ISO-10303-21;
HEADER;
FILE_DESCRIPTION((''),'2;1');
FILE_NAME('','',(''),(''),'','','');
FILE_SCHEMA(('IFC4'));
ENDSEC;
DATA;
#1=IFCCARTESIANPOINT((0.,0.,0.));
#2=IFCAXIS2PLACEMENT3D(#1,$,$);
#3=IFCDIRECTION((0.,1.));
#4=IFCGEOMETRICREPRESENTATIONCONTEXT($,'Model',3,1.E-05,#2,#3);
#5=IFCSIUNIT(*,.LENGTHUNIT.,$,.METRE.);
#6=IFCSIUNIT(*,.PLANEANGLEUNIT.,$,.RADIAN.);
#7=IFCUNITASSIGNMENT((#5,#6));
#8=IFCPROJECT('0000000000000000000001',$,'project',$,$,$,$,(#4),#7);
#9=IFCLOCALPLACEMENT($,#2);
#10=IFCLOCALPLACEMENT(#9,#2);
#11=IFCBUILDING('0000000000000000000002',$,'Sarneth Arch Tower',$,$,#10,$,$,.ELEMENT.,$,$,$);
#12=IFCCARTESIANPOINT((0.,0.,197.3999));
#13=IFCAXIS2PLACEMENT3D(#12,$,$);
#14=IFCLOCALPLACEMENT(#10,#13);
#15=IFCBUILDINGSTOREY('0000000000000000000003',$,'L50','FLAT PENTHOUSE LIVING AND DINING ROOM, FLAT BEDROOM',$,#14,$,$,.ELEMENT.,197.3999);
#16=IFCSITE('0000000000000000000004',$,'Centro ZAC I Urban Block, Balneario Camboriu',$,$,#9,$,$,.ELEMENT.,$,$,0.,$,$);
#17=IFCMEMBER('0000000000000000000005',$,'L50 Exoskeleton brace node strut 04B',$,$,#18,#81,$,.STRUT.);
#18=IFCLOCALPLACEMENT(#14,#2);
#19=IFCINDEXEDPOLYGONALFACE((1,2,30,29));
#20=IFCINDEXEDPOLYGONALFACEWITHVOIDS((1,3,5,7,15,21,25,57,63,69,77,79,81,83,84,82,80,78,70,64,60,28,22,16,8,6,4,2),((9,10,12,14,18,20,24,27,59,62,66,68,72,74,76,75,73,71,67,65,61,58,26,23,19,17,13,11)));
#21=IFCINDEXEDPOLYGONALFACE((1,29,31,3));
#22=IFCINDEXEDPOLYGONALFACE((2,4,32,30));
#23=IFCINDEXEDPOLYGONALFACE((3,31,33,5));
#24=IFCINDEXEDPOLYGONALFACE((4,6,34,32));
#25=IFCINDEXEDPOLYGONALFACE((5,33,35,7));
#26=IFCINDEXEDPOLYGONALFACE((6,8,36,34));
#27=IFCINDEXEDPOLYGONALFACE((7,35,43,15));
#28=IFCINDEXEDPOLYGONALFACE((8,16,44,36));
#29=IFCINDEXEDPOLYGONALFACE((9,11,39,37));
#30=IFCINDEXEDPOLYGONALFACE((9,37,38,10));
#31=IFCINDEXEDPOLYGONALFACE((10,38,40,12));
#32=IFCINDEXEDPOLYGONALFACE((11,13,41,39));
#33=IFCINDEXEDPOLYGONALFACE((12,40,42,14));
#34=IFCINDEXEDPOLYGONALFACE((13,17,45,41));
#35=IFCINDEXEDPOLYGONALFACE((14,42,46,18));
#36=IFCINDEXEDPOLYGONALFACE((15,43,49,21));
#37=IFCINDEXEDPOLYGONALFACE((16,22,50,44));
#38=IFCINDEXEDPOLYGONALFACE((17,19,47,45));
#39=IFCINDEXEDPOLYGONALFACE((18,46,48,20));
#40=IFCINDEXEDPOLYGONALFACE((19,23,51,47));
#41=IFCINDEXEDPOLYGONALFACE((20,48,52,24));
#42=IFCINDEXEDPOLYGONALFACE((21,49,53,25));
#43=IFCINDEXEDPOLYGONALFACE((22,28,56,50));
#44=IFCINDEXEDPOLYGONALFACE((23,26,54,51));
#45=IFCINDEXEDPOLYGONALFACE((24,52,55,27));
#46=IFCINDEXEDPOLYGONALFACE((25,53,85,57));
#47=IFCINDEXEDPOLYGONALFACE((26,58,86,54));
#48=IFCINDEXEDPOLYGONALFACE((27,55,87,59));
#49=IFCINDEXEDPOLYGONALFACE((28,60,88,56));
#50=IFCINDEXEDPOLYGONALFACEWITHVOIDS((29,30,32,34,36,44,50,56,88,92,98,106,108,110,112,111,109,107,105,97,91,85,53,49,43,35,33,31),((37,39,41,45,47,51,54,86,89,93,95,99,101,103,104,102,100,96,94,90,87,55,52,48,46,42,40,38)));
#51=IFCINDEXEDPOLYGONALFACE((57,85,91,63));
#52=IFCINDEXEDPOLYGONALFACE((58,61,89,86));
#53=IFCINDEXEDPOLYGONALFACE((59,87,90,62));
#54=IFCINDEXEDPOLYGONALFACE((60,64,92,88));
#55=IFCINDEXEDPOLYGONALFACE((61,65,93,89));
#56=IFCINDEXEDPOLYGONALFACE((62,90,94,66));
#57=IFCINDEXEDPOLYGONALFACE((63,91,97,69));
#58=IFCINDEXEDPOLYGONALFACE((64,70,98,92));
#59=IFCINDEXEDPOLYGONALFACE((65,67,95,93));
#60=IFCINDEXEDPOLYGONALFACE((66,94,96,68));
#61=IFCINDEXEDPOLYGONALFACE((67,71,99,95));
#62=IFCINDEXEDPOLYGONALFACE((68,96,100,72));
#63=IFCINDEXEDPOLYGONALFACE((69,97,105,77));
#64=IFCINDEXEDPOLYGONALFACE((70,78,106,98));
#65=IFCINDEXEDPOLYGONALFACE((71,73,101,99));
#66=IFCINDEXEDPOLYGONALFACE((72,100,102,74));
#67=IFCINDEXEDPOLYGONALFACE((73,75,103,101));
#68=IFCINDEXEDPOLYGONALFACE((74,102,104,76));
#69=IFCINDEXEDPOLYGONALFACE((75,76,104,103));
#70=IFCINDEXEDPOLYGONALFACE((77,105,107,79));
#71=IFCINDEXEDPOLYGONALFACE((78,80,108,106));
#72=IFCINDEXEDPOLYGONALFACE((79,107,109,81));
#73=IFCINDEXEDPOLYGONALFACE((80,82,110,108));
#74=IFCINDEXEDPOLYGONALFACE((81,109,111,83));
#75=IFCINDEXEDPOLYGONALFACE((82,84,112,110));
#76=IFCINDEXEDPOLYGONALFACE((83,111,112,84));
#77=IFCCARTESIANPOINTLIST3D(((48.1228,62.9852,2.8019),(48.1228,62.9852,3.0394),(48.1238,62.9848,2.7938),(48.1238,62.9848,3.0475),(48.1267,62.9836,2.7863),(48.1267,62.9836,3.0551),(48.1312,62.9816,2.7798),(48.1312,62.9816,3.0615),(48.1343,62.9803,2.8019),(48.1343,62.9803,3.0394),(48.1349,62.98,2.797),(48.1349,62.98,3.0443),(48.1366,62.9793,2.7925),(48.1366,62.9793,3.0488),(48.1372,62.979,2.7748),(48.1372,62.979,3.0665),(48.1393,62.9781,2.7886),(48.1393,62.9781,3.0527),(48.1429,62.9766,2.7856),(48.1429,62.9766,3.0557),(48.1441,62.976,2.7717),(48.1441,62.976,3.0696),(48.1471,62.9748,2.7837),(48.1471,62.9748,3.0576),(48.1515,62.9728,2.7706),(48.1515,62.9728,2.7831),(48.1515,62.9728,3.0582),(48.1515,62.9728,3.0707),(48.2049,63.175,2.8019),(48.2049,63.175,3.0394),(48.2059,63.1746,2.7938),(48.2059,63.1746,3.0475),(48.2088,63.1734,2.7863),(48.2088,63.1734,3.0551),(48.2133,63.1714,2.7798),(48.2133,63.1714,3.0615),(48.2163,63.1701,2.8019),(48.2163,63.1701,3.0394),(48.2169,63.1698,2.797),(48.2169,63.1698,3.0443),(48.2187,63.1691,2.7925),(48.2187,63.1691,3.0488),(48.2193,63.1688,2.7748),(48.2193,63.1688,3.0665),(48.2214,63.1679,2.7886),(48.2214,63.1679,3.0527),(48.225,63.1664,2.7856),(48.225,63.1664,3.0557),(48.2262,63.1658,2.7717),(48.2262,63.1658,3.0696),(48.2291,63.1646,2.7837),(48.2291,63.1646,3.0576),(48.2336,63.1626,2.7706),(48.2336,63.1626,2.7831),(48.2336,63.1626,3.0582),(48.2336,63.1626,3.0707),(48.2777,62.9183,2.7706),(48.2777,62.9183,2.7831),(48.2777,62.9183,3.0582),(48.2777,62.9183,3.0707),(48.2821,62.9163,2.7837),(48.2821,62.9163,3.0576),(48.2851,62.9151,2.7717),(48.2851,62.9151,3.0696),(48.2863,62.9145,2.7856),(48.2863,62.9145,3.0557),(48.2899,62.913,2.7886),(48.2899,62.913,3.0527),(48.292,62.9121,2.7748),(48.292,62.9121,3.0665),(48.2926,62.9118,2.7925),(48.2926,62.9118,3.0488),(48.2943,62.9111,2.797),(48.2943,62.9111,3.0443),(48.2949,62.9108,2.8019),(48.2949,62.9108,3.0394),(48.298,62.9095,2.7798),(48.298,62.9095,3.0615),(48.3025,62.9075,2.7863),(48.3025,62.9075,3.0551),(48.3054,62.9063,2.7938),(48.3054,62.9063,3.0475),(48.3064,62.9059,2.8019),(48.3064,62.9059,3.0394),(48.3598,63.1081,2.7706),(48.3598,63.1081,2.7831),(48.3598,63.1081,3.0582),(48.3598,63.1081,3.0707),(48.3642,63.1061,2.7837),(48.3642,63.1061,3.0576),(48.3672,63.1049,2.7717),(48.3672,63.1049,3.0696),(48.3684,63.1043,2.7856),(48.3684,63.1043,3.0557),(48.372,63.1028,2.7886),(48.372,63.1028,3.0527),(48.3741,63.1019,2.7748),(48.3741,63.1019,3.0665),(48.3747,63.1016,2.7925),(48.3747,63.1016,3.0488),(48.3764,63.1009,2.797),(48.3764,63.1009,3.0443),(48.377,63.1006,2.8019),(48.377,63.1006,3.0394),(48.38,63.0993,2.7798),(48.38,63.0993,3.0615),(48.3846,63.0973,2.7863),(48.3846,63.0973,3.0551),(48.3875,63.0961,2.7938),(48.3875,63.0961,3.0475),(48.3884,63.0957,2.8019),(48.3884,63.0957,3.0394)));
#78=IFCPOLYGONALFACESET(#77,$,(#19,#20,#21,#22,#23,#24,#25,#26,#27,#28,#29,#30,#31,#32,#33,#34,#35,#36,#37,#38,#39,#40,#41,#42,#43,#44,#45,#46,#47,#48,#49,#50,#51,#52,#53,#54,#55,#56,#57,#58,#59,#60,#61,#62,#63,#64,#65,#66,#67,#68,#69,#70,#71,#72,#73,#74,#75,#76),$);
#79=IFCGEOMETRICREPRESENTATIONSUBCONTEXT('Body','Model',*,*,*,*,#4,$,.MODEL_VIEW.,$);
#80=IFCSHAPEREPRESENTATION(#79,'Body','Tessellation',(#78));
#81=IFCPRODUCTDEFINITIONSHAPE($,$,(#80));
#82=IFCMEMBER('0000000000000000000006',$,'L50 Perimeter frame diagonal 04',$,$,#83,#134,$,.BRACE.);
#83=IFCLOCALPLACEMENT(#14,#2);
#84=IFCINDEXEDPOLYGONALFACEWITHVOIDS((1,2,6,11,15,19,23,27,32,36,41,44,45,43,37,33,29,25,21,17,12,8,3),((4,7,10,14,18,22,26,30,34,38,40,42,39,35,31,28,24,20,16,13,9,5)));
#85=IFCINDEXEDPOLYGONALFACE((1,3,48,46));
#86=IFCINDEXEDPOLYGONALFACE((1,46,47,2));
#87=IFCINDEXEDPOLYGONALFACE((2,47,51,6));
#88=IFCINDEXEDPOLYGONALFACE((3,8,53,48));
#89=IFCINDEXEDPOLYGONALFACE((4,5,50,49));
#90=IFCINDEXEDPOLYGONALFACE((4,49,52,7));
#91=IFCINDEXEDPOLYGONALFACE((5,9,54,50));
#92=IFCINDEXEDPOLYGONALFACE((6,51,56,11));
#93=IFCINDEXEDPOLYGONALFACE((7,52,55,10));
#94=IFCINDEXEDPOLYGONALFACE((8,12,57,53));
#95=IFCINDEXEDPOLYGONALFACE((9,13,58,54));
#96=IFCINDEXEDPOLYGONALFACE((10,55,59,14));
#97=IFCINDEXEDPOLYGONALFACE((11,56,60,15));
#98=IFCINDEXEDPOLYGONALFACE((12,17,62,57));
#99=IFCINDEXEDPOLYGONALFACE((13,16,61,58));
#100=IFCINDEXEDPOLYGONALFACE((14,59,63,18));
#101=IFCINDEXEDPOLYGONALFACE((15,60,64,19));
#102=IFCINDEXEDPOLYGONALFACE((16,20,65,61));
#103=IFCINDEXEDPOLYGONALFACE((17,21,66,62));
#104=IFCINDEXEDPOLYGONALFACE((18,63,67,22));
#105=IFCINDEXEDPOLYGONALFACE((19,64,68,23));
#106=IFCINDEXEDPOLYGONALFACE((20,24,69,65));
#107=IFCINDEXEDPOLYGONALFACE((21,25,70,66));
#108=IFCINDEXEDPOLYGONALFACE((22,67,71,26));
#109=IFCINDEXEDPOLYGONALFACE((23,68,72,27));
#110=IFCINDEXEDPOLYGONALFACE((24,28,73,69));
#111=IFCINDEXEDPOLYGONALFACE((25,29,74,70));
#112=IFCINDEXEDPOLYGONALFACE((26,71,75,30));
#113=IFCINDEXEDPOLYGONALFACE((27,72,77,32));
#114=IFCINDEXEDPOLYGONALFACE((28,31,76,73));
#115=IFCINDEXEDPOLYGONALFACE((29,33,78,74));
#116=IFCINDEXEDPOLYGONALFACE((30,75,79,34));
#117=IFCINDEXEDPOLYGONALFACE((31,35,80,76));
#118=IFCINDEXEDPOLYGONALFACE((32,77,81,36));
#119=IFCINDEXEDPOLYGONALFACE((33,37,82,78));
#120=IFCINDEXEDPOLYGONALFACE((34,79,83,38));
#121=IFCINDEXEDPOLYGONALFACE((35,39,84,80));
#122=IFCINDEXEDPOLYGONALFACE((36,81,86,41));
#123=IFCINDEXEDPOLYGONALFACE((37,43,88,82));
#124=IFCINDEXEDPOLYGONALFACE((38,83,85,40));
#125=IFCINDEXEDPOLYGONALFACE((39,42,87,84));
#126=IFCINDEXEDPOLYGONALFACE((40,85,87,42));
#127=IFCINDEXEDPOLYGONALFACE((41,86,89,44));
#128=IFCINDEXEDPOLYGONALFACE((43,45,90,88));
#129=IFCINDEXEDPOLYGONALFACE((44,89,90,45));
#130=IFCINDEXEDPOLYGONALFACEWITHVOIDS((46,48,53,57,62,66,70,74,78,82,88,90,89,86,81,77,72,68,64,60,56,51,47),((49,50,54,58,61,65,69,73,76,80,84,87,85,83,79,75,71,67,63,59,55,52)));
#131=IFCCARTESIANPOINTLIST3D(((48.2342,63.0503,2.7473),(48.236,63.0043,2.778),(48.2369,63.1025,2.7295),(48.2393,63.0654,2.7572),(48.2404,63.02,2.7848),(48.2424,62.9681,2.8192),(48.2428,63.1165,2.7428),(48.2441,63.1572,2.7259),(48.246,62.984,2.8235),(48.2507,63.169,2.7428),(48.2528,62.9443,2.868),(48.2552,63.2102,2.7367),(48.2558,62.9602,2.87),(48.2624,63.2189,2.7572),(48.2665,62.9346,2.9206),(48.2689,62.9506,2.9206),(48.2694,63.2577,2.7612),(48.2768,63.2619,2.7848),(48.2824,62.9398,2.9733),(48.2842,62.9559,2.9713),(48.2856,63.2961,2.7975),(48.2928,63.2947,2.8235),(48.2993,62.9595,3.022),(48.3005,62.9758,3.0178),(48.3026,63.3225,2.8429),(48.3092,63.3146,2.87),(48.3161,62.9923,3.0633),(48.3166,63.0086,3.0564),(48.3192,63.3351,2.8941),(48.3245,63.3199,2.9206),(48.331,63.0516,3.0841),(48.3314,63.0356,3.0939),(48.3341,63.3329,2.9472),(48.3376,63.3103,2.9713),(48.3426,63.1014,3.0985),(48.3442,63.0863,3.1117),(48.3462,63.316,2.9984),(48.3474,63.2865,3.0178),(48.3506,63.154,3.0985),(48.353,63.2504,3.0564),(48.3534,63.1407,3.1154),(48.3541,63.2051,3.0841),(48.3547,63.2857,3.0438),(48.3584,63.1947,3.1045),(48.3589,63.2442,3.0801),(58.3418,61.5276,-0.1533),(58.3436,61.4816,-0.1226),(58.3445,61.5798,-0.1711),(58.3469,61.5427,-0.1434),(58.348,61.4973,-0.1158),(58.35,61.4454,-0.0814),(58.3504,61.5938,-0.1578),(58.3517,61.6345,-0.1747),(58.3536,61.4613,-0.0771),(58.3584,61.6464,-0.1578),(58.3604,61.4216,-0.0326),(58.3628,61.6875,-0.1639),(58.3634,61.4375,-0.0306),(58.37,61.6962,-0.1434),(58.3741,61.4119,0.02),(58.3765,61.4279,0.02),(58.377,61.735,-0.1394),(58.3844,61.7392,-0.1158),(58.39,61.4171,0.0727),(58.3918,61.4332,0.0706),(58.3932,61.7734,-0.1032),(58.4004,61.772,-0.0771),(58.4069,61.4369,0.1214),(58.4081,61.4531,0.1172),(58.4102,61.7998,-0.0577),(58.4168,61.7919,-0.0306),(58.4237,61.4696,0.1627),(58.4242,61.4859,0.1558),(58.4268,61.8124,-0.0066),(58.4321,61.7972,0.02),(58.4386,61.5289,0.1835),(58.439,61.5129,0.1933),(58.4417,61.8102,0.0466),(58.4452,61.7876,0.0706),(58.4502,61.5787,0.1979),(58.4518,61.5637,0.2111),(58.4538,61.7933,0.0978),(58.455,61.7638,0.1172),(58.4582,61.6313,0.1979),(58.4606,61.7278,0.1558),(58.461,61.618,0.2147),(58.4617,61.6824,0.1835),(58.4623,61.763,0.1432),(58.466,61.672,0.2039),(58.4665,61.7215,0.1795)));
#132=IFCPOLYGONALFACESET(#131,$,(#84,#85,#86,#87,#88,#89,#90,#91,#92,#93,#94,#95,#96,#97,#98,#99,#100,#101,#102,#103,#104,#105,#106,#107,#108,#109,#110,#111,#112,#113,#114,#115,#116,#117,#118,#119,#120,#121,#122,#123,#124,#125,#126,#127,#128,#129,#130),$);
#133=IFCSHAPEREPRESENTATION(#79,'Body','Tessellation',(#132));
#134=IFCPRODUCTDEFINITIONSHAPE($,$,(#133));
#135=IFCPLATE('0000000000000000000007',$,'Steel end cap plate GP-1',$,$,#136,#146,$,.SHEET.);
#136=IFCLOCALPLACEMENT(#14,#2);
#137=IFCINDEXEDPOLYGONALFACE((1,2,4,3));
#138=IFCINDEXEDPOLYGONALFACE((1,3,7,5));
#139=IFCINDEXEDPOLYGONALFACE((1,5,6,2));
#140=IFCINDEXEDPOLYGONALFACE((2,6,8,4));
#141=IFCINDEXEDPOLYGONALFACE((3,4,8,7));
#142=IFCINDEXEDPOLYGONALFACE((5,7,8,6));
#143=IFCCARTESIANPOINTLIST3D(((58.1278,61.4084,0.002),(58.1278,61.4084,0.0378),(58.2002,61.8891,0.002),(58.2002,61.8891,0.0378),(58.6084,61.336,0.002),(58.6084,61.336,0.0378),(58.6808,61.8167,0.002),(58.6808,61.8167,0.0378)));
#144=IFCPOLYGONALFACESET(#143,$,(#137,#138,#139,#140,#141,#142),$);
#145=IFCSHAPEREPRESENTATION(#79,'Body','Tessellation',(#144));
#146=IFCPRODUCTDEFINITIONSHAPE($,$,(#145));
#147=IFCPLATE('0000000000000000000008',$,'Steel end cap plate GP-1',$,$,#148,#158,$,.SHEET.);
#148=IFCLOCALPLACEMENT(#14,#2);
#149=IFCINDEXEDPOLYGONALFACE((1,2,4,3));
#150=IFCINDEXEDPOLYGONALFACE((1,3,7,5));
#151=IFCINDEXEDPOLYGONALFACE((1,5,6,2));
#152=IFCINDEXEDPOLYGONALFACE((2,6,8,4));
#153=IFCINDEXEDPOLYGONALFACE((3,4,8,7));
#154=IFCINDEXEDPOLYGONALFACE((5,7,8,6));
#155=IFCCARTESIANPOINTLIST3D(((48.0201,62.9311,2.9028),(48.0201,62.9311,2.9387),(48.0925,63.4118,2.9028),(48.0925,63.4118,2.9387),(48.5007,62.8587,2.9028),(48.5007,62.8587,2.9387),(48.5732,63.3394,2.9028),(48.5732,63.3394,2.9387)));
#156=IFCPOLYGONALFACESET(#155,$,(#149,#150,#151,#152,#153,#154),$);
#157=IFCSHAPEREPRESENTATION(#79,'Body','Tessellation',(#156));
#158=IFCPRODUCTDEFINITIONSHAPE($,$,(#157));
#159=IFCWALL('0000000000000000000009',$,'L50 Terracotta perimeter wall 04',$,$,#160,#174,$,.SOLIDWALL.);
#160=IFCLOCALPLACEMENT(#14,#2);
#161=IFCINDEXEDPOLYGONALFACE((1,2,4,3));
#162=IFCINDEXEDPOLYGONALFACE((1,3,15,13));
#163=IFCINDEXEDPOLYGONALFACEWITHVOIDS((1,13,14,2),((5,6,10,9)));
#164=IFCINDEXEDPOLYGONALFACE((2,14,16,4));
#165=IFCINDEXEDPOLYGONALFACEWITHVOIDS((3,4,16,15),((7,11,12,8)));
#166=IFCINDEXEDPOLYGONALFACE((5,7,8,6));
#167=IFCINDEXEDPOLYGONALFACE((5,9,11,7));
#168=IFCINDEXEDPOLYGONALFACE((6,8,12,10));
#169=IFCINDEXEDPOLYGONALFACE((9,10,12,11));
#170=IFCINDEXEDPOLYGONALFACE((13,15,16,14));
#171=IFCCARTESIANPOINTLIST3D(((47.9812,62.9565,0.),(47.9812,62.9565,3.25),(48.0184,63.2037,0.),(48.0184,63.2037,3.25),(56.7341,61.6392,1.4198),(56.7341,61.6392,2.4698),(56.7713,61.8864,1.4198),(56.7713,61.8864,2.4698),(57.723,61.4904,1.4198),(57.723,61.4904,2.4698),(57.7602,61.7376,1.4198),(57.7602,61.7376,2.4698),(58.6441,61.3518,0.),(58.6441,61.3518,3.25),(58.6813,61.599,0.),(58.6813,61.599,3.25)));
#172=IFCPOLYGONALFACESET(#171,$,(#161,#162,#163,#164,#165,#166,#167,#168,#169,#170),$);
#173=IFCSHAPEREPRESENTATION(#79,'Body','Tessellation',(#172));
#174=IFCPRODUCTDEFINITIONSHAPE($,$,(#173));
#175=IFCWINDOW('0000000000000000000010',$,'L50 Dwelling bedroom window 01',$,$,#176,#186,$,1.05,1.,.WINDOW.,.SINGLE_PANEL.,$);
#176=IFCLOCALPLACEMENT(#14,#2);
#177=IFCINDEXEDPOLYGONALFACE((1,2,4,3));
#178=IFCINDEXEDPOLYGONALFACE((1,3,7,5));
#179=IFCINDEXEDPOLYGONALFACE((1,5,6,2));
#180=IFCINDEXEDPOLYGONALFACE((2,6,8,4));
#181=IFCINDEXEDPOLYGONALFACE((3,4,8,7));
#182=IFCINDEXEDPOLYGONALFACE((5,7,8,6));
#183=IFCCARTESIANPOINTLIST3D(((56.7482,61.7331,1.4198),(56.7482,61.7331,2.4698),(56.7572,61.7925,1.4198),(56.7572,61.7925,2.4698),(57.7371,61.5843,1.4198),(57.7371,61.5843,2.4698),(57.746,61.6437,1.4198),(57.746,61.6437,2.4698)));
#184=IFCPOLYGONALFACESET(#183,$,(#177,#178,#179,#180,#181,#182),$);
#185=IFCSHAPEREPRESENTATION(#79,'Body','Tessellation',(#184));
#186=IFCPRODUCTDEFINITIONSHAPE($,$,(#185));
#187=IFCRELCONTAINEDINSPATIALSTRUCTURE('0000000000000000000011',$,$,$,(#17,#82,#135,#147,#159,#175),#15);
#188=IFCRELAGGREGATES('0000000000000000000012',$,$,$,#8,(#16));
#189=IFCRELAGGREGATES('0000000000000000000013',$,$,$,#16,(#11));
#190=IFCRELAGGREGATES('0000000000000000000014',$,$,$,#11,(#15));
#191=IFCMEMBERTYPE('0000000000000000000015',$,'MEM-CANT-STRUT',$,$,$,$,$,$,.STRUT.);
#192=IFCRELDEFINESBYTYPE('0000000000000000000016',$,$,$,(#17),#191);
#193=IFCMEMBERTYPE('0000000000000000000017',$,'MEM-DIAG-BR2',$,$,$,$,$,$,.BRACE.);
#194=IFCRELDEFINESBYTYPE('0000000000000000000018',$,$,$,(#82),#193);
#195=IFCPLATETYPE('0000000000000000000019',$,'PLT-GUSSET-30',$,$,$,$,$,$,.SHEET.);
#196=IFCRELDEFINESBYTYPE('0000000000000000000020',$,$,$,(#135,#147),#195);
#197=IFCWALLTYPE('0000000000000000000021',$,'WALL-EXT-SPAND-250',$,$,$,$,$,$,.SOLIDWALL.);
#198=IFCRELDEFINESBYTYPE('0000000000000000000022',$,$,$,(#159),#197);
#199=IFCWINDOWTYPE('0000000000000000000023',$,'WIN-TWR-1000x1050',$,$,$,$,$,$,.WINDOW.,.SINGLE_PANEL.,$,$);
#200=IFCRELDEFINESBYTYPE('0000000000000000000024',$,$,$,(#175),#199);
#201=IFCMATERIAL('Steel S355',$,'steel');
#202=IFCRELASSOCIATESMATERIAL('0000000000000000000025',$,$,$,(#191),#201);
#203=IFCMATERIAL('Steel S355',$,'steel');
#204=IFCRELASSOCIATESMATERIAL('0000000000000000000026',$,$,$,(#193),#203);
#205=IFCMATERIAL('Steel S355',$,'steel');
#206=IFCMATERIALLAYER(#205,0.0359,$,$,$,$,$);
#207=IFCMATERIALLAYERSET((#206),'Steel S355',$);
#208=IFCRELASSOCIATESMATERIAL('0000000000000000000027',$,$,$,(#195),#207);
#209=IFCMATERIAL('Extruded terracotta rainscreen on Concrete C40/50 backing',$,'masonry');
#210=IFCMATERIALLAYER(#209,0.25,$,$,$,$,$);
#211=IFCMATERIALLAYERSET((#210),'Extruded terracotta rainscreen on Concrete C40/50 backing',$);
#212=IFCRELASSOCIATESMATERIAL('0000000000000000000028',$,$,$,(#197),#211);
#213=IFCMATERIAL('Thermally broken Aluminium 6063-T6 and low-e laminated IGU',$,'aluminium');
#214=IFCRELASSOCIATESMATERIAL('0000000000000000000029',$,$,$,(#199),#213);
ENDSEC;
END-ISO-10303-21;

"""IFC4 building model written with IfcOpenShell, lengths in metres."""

from ifc_helpers import new_model, si_unit, direction, frame, frame_2d, origin, origin_2d, place, context, subcontext, project, spatial, rectangle, hollow_rectangle, hollow_circle, extrude, material, layer, layer_set, material_profile, profile_set, type_object, element, fill, save


model = new_model("IFC4")

# Units and contexts
model_context = context("Model", 3, precision=1e-05, world=origin(), true_north=direction((0.0, 1.0)))
body_context = subcontext(model_context, "Body", "Model", "MODEL_VIEW")
ifc_project = project(units=[si_unit("LENGTHUNIT", "METRE"), si_unit("PLANEANGLEUNIT", "RADIAN")], contexts=[model_context])

# Site, building, storey
site_placement = place(None, origin())
site = spatial("IfcSite", under=ifc_project, at=site_placement, Name="Centro ZAC I Urban Block, Balneario Camboriu", CompositionType="ELEMENT", RefElevation=0.0)
building_placement = place(site_placement, origin())
building = spatial("IfcBuilding", under=site, at=building_placement, Name="Sarneth Arch Tower", CompositionType="ELEMENT")
storey_placement = place(building_placement, frame((0.0, 0.0, 197.3999)))
storey = spatial("IfcBuildingStorey", under=building, at=storey_placement, Name="L50", Description="FLAT PENTHOUSE LIVING AND DINING ROOM, FLAT BEDROOM", CompositionType="ELEMENT", Elevation=197.3999)

# Members
ifc_material_1 = material(Name="Steel S355", Category="steel")
ifc_material_profile_1 = material_profile(ifc_material_1, hollow_rectangle(XDim=0.2, YDim=0.3, WallThickness=0.0125, InnerFilletRadius=0.0188, OuterFilletRadius=0.0312, at=origin_2d()), Name="RHS300x200x12.5")
ifc_profile_set_1 = profile_set([ifc_material_profile_1], Name="Steel S355")
member_type_1 = type_object("IfcMemberType", Name="MEM-CANT-STRUT", PredefinedType="STRUT", material=ifc_profile_set_1)
member_1_placement = place(storey_placement, frame((48.2146, 62.9456, 2.9207), z_axis=(0.396911, 0.917857, 0.0), x_axis=(-0.917857, 0.396911, 0.0)))
element("IfcMember", 1, at=member_1_placement, inside=storey, type_object=member_type_1, Name="L50 Exoskeleton brace node strut 04B", PredefinedType="STRUT", context=body_context, shape_type="SweptSolid", body=[
    extrude(hollow_rectangle(XDim=0.2, YDim=0.3, WallThickness=0.0125, InnerFilletRadius=0.0188, OuterFilletRadius=0.0312, at=origin_2d()), origin(), (0.0, 0.0, 1.0), 0.2068),
])
ifc_material_2 = material(Name="Steel S355", Category="steel")
ifc_material_profile_2 = material_profile(ifc_material_2, hollow_circle(Radius=0.2029, WallThickness=0.0161, at=origin_2d()), Name="CHS406x16")
ifc_profile_set_2 = profile_set([ifc_material_profile_2], Name="Steel S355")
member_type_2 = type_object("IfcMemberType", Name="MEM-DIAG-BR2", PredefinedType="BRACE", material=ifc_profile_set_2)
member_2_placement = place(storey_placement, frame((58.4043, 61.6125, 0.02), z_axis=(-0.951282, 0.143309, 0.272993), x_axis=(-0.148968, -0.988842, 0.0)))
element("IfcMember", 2, at=member_2_placement, inside=storey, type_object=member_type_2, Name="L50 Perimeter frame diagonal 04", PredefinedType="BRACE", context=body_context, shape_type="SweptSolid", body=[
    extrude(hollow_circle(Radius=0.2029, WallThickness=0.0161, at=origin_2d()), origin(), (0.0, 0.0, 1.0), 10.6252),
])

# Plates
ifc_material_3 = material(Name="Steel S355", Category="steel")
ifc_layer_1 = layer(ifc_material_3, 0.0359)
ifc_layer_set_1 = layer_set([ifc_layer_1], Name="Steel S355")
plate_type = type_object("IfcPlateType", Name="PLT-GUSSET-30", PredefinedType="SHEET", material=ifc_layer_set_1)
for number, where, z_axis, x_axis, name in (
    (3, (58.4043, 61.6125, 0.002), (0.0, 0.0, 1.0), (-0.988835, 0.149018, 0.0), "Steel end cap plate GP-1"),
    (4, (48.2966, 63.1353, 2.9028), (0.0, 0.0, 1.0), (-0.988835, 0.149018, 0.0), "Steel end cap plate GP-1"),
):
    element("IfcPlate", number, at=place(storey_placement, frame(where, z_axis=z_axis, x_axis=x_axis)), inside=storey, type_object=plate_type, Name=name, PredefinedType="SHEET", context=body_context, shape_type="SweptSolid", body=[
        extrude(rectangle(XDim=0.4861, YDim=0.4861, at=origin_2d()), origin(), (0.0, 0.0, 1.0), 0.0359),
    ])

# Wall, opening, window
ifc_material_4 = material(Name="Extruded terracotta rainscreen on Concrete C40/50 backing", Category="masonry")
ifc_layer_2 = layer(ifc_material_4, 0.25)
ifc_layer_set_2 = layer_set([ifc_layer_2], Name="Extruded terracotta rainscreen on Concrete C40/50 backing")
wall_type_1 = type_object("IfcWallType", Name="WALL-EXT-SPAND-250", PredefinedType="SOLIDWALL", material=ifc_layer_set_2)
wall_1_placement = place(storey_placement, frame((58.6628, 61.4753, 0.0), z_axis=(0.0, 0.0, 1.0), x_axis=(-0.988864, 0.148822, 0.0)))
wall_1 = element("IfcWall", 5, at=wall_1_placement, inside=storey, type_object=wall_type_1, Name="L50 Terracotta perimeter wall 04", PredefinedType="SOLIDWALL", context=body_context, shape_type="SweptSolid", body=[
    extrude(rectangle(XDim=10.783, YDim=0.25, at=frame_2d((5.3916, 0.0))), origin(), (0.0, 0.0, 1.0), 3.25),
])
opening_1_placement = place(wall_1_placement, frame((0.9316, 0.0, 1.4199)))
opening_1 = element("IfcOpeningElement", 6, at=opening_1_placement, cuts=wall_1, PredefinedType="OPENING", context=body_context, shape_type="SweptSolid", body=[
    extrude(rectangle(XDim=1.0, YDim=1.05, at=frame_2d((0.5, 0.5249))), frame((0.0, 0.135, 0.0), z_axis=(0.0, -1.0, 0.0), x_axis=(1.0, 0.0, 0.0)), (0.0, 0.0, 1.0), 0.27),
])
ifc_material_5 = material(Name="Thermally broken Aluminium 6063-T6 and low-e laminated IGU", Category="aluminium")
window_type_1 = type_object("IfcWindowType", Name="WIN-TWR-1000x1050", PartitioningType="SINGLE_PANEL", PredefinedType="WINDOW", material=ifc_material_5)
window_1_placement = place(opening_1_placement, origin())
window_1 = element("IfcWindow", 7, at=window_1_placement, inside=storey, type_object=window_type_1, Name="L50 Dwelling bedroom window 01", OverallHeight=1.05, OverallWidth=1.0, PartitioningType="SINGLE_PANEL", PredefinedType="WINDOW", context=body_context, shape_type="SweptSolid", body=[
    extrude(rectangle(XDim=1.0, YDim=1.05, at=frame_2d((0.5, 0.5249))), frame((0.0, 0.03, 0.0), z_axis=(0.0, -1.0, 0.0), x_axis=(1.0, 0.0, 0.0)), (0.0, 0.0, 1.0), 0.0601),
])
fill(opening_1, window_1)

save(model, "model.ifc")
